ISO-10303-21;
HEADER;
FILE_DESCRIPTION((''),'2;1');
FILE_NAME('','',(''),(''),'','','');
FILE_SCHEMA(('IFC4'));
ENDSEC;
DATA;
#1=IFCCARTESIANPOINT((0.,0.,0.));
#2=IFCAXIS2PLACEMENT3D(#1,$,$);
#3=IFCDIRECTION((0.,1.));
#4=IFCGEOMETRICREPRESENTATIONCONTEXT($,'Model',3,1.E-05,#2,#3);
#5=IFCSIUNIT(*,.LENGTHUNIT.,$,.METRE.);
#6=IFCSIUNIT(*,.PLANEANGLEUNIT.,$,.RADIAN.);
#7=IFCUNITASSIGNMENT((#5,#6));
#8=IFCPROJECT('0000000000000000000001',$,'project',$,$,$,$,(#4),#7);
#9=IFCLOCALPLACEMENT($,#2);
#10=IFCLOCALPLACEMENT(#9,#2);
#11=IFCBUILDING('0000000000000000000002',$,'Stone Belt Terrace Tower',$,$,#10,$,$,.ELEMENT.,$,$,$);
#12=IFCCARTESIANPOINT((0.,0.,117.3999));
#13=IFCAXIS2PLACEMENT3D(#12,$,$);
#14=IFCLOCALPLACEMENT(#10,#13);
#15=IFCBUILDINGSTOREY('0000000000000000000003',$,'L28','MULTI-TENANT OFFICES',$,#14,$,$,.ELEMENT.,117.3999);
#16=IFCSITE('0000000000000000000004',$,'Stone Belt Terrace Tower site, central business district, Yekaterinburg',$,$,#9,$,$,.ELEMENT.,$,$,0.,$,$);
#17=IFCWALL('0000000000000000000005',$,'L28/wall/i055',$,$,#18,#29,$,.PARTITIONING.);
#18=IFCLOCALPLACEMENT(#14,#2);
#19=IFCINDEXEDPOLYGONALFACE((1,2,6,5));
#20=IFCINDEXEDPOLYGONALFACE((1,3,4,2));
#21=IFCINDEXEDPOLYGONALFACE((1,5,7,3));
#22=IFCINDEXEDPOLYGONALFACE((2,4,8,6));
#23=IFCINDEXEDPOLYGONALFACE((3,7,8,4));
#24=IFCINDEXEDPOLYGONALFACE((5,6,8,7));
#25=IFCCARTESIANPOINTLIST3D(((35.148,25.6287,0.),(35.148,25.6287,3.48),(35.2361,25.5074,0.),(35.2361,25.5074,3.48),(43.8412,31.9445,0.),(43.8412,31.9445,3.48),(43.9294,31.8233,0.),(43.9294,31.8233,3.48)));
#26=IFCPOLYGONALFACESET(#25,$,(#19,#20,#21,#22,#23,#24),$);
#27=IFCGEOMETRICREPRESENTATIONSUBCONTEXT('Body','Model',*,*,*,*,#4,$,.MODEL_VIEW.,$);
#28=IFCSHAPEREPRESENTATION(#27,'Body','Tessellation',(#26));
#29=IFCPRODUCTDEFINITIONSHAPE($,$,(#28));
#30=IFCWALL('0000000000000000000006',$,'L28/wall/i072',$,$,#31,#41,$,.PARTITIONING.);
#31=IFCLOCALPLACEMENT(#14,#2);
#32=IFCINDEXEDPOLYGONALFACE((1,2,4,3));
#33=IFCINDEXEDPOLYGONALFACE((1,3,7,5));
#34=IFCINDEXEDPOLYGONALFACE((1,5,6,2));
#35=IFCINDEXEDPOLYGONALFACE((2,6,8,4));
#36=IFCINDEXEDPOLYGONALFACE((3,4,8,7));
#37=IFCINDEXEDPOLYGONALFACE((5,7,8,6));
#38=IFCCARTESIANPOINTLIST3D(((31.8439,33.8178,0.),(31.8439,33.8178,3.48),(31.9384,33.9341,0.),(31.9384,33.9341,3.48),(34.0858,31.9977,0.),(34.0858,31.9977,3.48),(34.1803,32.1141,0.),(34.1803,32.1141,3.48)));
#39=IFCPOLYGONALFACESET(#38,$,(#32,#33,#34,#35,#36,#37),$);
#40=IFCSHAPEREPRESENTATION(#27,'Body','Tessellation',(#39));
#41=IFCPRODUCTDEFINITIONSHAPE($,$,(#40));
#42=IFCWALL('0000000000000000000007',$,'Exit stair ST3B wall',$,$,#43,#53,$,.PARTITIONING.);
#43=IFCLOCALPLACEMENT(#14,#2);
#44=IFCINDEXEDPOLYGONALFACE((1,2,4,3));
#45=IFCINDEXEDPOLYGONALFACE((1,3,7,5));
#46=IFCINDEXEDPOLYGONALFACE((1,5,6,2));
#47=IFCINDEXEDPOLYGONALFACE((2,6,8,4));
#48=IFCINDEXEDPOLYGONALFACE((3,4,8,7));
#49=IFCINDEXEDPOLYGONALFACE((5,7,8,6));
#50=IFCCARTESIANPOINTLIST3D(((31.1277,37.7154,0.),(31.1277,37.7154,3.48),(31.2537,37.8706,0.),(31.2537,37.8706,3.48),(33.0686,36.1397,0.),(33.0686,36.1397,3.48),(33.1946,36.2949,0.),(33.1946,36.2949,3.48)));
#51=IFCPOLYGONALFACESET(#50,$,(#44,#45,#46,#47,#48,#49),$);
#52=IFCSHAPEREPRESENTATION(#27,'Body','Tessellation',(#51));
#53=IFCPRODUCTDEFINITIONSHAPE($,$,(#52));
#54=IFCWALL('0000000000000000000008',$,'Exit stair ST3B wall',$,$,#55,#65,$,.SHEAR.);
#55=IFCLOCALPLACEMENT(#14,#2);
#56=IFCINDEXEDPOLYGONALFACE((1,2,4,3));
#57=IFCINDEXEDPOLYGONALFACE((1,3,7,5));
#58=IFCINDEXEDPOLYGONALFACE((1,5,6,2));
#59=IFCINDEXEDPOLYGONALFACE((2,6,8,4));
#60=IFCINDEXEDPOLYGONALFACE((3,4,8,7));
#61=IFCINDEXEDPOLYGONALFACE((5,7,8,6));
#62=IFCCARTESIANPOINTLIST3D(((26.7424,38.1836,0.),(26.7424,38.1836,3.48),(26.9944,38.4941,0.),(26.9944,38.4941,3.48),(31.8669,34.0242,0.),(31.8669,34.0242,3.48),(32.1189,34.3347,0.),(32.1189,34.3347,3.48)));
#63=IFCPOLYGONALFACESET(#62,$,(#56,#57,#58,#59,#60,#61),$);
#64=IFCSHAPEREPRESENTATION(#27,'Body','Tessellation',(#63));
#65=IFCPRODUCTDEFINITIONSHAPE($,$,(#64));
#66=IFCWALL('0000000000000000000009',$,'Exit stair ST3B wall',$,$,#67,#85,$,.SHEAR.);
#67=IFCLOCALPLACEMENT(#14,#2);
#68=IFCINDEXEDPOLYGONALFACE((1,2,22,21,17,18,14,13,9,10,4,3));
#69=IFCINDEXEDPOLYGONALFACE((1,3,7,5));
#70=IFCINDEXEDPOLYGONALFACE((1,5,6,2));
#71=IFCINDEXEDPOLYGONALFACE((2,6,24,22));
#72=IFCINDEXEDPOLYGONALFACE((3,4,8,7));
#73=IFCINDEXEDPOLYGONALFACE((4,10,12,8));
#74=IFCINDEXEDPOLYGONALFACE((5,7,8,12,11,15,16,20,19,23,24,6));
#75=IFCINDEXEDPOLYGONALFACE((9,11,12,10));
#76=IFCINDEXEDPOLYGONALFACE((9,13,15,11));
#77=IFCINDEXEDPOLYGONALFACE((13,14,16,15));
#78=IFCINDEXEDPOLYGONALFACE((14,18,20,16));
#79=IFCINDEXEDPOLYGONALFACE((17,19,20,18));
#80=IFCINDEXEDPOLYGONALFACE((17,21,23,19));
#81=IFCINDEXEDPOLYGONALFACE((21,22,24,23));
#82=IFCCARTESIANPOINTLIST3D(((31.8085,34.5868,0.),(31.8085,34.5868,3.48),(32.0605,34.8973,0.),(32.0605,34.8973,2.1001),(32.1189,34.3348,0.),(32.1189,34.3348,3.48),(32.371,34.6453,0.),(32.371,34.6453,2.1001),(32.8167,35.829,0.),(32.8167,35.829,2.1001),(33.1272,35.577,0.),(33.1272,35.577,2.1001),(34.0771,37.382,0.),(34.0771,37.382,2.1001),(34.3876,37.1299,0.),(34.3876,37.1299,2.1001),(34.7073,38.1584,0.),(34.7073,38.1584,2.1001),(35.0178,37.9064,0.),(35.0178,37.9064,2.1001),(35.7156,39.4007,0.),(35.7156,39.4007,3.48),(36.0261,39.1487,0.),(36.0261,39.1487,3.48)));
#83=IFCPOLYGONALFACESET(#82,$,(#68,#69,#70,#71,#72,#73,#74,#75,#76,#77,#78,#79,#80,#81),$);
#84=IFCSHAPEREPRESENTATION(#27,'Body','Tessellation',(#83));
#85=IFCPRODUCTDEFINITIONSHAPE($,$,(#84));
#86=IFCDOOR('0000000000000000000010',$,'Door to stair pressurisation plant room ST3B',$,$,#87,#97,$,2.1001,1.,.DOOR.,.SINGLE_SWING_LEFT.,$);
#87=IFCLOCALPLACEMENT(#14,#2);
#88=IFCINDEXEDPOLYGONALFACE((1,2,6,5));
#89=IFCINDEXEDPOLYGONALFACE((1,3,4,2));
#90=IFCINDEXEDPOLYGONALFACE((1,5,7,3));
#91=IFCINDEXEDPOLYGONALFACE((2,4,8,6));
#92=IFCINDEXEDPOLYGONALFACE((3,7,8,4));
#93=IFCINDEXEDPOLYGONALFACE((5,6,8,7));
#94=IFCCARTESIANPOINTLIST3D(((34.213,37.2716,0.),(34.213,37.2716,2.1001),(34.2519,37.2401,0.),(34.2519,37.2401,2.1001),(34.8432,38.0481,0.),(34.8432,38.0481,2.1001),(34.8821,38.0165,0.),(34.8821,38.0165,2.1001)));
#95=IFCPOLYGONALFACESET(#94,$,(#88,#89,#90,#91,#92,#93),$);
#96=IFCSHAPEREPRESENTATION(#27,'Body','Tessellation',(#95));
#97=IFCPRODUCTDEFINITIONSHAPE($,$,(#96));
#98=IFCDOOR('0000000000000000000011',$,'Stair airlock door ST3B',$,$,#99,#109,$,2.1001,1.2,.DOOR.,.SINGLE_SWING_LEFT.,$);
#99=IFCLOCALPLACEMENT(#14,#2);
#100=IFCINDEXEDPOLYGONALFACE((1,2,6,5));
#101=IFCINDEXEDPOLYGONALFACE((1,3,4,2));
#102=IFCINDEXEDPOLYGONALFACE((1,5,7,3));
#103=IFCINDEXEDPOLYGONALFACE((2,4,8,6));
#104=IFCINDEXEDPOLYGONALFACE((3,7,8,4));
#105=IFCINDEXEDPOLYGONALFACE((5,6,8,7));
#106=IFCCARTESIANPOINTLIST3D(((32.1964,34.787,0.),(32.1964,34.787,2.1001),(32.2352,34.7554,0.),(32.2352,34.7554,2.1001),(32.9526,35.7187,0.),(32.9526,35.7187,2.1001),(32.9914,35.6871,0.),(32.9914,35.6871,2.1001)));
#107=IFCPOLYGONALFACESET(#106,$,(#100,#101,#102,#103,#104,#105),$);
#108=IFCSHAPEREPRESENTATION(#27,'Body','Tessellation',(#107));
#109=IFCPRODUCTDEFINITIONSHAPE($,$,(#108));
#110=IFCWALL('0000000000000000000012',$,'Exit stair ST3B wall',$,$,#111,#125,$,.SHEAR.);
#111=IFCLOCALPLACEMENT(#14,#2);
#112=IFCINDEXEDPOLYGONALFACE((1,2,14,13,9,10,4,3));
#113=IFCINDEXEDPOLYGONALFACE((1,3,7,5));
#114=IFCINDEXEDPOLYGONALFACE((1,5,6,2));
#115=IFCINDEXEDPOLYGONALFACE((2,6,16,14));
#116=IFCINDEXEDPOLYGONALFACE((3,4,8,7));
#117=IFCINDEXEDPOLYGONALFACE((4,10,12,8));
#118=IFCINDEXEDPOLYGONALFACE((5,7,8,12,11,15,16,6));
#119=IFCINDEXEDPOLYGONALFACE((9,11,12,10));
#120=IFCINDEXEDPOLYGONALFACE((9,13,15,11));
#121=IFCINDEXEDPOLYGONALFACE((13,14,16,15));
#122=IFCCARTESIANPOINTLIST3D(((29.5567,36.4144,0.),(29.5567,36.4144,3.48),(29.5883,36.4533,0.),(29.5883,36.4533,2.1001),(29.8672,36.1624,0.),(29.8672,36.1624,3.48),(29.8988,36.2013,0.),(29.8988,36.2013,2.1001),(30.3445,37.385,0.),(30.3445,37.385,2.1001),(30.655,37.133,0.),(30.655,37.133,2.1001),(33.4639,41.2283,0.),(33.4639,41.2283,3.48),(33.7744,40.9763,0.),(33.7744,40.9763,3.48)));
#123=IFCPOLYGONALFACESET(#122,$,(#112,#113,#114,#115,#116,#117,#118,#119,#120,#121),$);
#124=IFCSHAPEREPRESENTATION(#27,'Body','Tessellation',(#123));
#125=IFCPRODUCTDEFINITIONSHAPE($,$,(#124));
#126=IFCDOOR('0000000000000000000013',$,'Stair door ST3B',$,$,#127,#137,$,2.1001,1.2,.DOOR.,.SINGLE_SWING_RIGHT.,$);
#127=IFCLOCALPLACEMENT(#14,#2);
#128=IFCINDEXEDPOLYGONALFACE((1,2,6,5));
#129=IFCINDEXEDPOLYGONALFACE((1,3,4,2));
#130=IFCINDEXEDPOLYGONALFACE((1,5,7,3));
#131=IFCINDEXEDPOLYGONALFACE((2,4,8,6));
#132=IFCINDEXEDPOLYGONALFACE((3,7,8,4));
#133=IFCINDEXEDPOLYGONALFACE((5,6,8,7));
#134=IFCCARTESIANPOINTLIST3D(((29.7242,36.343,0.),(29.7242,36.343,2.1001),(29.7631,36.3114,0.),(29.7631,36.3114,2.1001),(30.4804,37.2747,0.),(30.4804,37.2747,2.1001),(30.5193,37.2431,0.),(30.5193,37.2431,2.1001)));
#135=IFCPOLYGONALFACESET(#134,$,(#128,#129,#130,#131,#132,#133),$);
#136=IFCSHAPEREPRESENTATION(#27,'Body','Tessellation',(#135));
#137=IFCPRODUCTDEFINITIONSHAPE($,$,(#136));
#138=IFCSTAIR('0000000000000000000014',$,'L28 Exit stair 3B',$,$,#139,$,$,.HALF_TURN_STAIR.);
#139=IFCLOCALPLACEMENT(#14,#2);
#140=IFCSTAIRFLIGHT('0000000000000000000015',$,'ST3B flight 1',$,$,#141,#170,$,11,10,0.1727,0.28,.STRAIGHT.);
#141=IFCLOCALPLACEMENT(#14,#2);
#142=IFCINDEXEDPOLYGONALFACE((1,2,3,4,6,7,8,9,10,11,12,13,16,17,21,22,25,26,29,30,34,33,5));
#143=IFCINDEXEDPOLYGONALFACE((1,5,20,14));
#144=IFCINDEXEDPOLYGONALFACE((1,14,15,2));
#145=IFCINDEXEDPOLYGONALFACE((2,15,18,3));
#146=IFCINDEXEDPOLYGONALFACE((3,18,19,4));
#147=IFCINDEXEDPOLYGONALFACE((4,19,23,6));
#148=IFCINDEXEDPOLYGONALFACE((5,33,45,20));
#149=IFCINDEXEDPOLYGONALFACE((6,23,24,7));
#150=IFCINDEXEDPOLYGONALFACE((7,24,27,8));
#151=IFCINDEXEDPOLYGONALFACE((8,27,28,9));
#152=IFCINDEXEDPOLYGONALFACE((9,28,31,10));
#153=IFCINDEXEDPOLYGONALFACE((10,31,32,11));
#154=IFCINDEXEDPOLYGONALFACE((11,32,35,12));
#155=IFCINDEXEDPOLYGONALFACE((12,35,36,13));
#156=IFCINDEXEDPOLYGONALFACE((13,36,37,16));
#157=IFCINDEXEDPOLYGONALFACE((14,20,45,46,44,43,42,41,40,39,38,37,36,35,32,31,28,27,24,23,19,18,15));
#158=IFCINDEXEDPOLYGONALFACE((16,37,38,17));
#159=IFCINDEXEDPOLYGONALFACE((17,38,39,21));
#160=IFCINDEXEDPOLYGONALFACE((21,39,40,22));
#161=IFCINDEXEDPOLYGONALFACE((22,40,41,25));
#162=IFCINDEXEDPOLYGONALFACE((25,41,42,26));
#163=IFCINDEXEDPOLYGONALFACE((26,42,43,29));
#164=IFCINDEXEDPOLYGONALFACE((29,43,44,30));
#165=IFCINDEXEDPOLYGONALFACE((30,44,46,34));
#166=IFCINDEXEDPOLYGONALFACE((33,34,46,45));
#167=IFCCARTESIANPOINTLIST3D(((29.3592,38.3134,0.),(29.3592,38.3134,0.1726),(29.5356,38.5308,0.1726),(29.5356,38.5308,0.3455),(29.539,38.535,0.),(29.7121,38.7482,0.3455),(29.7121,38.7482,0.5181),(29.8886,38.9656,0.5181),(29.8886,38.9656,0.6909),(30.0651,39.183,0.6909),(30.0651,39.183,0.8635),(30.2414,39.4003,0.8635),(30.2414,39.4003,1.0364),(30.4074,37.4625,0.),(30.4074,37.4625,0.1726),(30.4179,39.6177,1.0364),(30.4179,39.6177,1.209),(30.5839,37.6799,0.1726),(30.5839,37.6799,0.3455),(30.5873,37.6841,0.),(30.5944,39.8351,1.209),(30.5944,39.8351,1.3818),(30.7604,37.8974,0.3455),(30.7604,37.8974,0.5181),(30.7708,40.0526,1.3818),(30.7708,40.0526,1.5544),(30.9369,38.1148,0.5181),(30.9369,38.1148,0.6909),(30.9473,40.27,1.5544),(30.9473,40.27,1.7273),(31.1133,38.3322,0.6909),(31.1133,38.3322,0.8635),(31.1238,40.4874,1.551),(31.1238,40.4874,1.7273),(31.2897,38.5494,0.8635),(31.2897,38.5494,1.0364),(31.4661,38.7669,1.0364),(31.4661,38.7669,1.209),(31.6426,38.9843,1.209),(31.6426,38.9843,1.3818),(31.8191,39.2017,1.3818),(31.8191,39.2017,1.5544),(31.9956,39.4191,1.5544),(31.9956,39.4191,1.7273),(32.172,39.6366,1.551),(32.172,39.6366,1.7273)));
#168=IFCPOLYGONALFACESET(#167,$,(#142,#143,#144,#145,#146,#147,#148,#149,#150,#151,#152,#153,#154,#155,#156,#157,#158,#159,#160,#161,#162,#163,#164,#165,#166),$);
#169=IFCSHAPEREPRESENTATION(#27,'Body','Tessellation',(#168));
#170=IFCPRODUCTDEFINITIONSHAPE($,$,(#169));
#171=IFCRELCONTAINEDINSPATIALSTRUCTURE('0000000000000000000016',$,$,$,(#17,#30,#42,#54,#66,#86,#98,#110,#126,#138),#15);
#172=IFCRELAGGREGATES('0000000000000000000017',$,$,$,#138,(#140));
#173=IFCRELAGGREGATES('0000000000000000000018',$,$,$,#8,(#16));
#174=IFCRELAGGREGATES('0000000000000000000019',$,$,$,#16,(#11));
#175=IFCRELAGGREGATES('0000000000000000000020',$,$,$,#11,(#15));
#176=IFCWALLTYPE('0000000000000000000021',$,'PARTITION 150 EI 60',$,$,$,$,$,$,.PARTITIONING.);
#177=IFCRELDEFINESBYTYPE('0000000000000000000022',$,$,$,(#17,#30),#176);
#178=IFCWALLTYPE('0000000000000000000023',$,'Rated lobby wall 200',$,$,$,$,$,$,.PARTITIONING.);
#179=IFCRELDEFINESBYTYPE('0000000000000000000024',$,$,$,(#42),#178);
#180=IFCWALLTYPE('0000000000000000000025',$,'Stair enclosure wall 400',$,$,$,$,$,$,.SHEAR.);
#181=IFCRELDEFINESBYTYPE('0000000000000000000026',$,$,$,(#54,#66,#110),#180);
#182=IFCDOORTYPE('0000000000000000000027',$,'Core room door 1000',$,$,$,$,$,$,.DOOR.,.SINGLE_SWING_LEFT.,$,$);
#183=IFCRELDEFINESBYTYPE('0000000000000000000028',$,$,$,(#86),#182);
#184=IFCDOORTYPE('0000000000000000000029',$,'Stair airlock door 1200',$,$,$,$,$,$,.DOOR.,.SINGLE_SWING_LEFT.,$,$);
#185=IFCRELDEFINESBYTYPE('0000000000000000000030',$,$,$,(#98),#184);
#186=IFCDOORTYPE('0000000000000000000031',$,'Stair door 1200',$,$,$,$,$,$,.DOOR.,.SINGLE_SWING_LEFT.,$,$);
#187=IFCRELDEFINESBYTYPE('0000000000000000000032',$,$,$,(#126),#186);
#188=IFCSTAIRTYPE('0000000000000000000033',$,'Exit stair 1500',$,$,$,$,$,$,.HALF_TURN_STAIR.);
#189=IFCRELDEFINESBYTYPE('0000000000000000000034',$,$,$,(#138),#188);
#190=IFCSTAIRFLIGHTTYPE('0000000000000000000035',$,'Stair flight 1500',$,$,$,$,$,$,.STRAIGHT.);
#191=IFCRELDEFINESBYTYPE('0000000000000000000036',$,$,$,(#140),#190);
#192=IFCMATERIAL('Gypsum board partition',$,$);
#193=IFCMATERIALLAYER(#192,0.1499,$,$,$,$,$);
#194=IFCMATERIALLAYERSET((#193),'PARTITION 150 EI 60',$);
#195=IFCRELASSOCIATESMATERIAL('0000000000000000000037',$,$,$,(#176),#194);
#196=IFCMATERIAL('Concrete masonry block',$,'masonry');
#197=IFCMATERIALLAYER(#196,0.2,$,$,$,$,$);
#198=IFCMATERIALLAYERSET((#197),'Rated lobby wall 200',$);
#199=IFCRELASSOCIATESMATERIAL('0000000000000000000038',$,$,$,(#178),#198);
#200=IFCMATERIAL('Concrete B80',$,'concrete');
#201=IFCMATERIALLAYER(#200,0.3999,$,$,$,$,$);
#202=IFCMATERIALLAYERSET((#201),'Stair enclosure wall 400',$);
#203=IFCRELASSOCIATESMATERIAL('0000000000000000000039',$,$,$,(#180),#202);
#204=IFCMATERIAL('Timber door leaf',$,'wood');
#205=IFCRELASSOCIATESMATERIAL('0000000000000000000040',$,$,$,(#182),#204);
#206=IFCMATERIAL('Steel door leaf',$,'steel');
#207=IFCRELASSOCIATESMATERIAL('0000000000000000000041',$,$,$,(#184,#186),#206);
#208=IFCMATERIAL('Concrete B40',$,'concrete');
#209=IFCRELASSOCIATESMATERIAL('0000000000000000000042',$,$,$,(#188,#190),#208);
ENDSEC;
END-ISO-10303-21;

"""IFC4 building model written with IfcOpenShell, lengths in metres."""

from ifc_helpers import new_model, si_unit, direction, frame, frame_2d, origin, place, context, subcontext, project, spatial, polyline, rectangle, outline, extrude, material, layer, layer_set, type_object, element, fill, aggregate, save


model = new_model("IFC4")

# Units and contexts
model_context = context("Model", 3, precision=1e-05, world=origin(), true_north=direction((0.0, 1.0)))
body_context = subcontext(model_context, "Body", "Model", "MODEL_VIEW")
ifc_project = project(units=[si_unit("LENGTHUNIT", "METRE"), si_unit("PLANEANGLEUNIT", "RADIAN")], contexts=[model_context])

# Site, building, storey
site_placement = place(None, origin())
site = spatial("IfcSite", under=ifc_project, at=site_placement, Name="Stone Belt Terrace Tower site, central business district, Yekaterinburg", CompositionType="ELEMENT", RefElevation=0.0)
building_placement = place(site_placement, origin())
building = spatial("IfcBuilding", under=site, at=building_placement, Name="Stone Belt Terrace Tower", CompositionType="ELEMENT")
storey_placement = place(building_placement, frame((0.0, 0.0, 117.3999)))
storey = spatial("IfcBuildingStorey", under=building, at=storey_placement, Name="L28", Description="MULTI-TENANT OFFICES", CompositionType="ELEMENT", Elevation=117.3999)

# Shared definitions
ifc_material_1 = material(Name="Concrete B80", Category="concrete")

# Shared definitions
ifc_material_2 = material(Name="Concrete B40", Category="concrete")

# Walls
ifc_material_3 = material(Name="Gypsum board partition")
ifc_layer_1 = layer(ifc_material_3, 0.1499)
ifc_layer_set_1 = layer_set([ifc_layer_1], Name="PARTITION 150 EI 60")
wall_type_1 = type_object("IfcWallType", Name="PARTITION 150 EI 60", PredefinedType="PARTITIONING", material=ifc_layer_set_1)
wall_1_placement = place(storey_placement, frame((35.1921, 25.5681, 0.0), z_axis=(0.0, 0.0, 1.0), x_axis=(0.809025, 0.587774, 0.0)))
element("IfcWall", 1, at=wall_1_placement, inside=storey, type_object=wall_type_1, Name="L28/wall/i055", PredefinedType="PARTITIONING", context=body_context, shape_type="SweptSolid", body=[
    extrude(rectangle(XDim=10.7454, YDim=0.1499, at=frame_2d((5.3726, 0.0))), origin(), (0.0, 0.0, 1.0), 3.48),
])
wall_2_placement = place(storey_placement, frame((34.1331, 32.0559, 0.0), z_axis=(0.0, 0.0, 1.0), x_axis=(-0.77637, 0.630277, 0.0)))
element("IfcWall", 2, at=wall_2_placement, inside=storey, type_object=wall_type_1, Name="L28/wall/i072", PredefinedType="PARTITIONING", context=body_context, shape_type="SweptSolid", body=[
    extrude(rectangle(XDim=2.8877, YDim=0.1499, at=frame_2d((1.4438, 0.0))), origin(), (0.0, 0.0, 1.0), 3.48),
])
ifc_material_4 = material(Name="Concrete masonry block", Category="masonry")
ifc_layer_2 = layer(ifc_material_4, 0.2)
ifc_layer_set_2 = layer_set([ifc_layer_2], Name="Rated lobby wall 200")
wall_type_2 = type_object("IfcWallType", Name="Rated lobby wall 200", PredefinedType="PARTITIONING", material=ifc_layer_set_2)
wall_3_placement = place(storey_placement, frame((31.1907, 37.793, 0.0), z_axis=(0.0, 0.0, 1.0), x_axis=(0.776371, -0.630276, 0.0)))
element("IfcWall", 3, at=wall_3_placement, inside=storey, type_object=wall_type_2, Name="Exit stair ST3B wall", PredefinedType="PARTITIONING", context=body_context, shape_type="SweptSolid", body=[
    extrude(rectangle(XDim=2.5, YDim=0.2, at=frame_2d((1.25, 0.0))), origin(), (0.0, 0.0, 1.0), 3.48),
])
ifc_layer_3 = layer(ifc_material_1, 0.3999)
ifc_layer_set_3 = layer_set([ifc_layer_3], Name="Stair enclosure wall 400")
wall_type_3 = type_object("IfcWallType", Name="Stair enclosure wall 400", PredefinedType="SHEAR", material=ifc_layer_set_3)
wall_4_placement = place(storey_placement, frame((26.8684, 38.3389, 0.0), z_axis=(0.0, 0.0, 1.0), x_axis=(0.776428, -0.630205, 0.0)))
element("IfcWall", 4, at=wall_4_placement, inside=storey, type_object=wall_type_3, Name="Exit stair ST3B wall", PredefinedType="SHEAR", context=body_context, shape_type="SweptSolid", body=[
    extrude(rectangle(XDim=6.6001, YDim=0.3999, at=frame_2d((3.3, 0.0))), origin(), (0.0, 0.0, 1.0), 3.48),
])

# Wall, openings, doors
wall_5_placement = place(storey_placement, frame((31.9636, 34.4607, 0.0), z_axis=(0.0, 0.0, 1.0), x_axis=(0.630192, 0.776439, 0.0)))
wall_5 = element("IfcWall", 5, at=wall_5_placement, inside=storey, type_object=wall_type_3, Name="Exit stair ST3B wall", PredefinedType="SHEAR", context=body_context, shape_type="SweptSolid", body=[
    extrude(rectangle(XDim=6.2, YDim=0.3999, at=frame_2d((3.1001, 0.0))), origin(), (0.0, 0.0, 1.0), 3.48),
])
opening_1_placement = place(wall_5_placement, frame((0.3999, 0.0, 0.0)))
opening_1 = element("IfcOpeningElement", 6, at=opening_1_placement, cuts=wall_5, PredefinedType="OPENING", context=body_context, shape_type="SweptSolid", body=[
    extrude(rectangle(XDim=1.2, YDim=2.1001, at=frame_2d((0.6001, 1.05))), frame((0.0, 0.21, 0.0), z_axis=(0.0, -1.0, 0.0), x_axis=(1.0, 0.0, 0.0)), (0.0, 0.0, 1.0), 0.4199),
])
opening_2_placement = place(wall_5_placement, frame((3.6001, 0.0, 0.0)))
opening_2 = element("IfcOpeningElement", 7, at=opening_2_placement, cuts=wall_5, PredefinedType="OPENING", context=body_context, shape_type="SweptSolid", body=[
    extrude(rectangle(XDim=1.0, YDim=2.1001, at=frame_2d((0.5, 1.05))), frame((0.0, 0.21, 0.0), z_axis=(0.0, -1.0, 0.0), x_axis=(1.0, 0.0, 0.0)), (0.0, 0.0, 1.0), 0.4199),
])
ifc_material_5 = material(Name="Timber door leaf", Category="wood")
door_type_1 = type_object("IfcDoorType", Name="Core room door 1000", OperationType="SINGLE_SWING_LEFT", PredefinedType="DOOR", material=ifc_material_5)
door_1_placement = place(opening_2_placement, origin())
door_1 = element("IfcDoor", 8, at=door_1_placement, inside=storey, type_object=door_type_1, Name="Door to stair pressurisation plant room ST3B", OperationType="SINGLE_SWING_LEFT", OverallHeight=2.1001, OverallWidth=1.0, PredefinedType="DOOR", context=body_context, shape_type="SweptSolid", body=[
    extrude(rectangle(XDim=1.0, YDim=2.1001, at=frame_2d((0.5, 1.05))), frame((0.0, 0.0249, 0.0), z_axis=(0.0, -1.0, 0.0), x_axis=(1.0, 0.0, 0.0)), (0.0, 0.0, 1.0), 0.05),
])
fill(opening_2, door_1)
ifc_material_6 = material(Name="Steel door leaf", Category="steel")
door_type_2 = type_object("IfcDoorType", Name="Stair airlock door 1200", OperationType="SINGLE_SWING_LEFT", PredefinedType="DOOR", material=ifc_material_6)
door_2_placement = place(opening_1_placement, origin())
door_2 = element("IfcDoor", 9, at=door_2_placement, inside=storey, type_object=door_type_2, Name="Stair airlock door ST3B", OperationType="SINGLE_SWING_LEFT", OverallHeight=2.1001, OverallWidth=1.2, PredefinedType="DOOR", context=body_context, shape_type="SweptSolid", body=[
    extrude(rectangle(XDim=1.2, YDim=2.1001, at=frame_2d((0.6001, 1.05))), frame((0.0, 0.0249, 0.0), z_axis=(0.0, -1.0, 0.0), x_axis=(1.0, 0.0, 0.0)), (0.0, 0.0, 1.0), 0.05),
])
fill(opening_1, door_2)

# Wall, opening, door
wall_6_placement = place(storey_placement, frame((29.7119, 36.2883, 0.0), z_axis=(0.0, 0.0, 1.0), x_axis=(0.630192, 0.776439, 0.0)))
wall_6 = element("IfcWall", 10, at=wall_6_placement, inside=storey, type_object=wall_type_3, Name="Exit stair ST3B wall", PredefinedType="SHEAR", context=body_context, shape_type="SweptSolid", body=[
    extrude(rectangle(XDim=6.2, YDim=0.3999, at=frame_2d((3.1001, 0.0))), origin(), (0.0, 0.0, 1.0), 3.48),
])
opening_3_placement = place(wall_6_placement, frame((0.05, 0.0, 0.0)))
opening_3 = element("IfcOpeningElement", 11, at=opening_3_placement, cuts=wall_6, PredefinedType="OPENING", context=body_context, shape_type="SweptSolid", body=[
    extrude(rectangle(XDim=1.2, YDim=2.1001, at=frame_2d((0.6001, 1.05))), frame((0.0, 0.21, 0.0), z_axis=(0.0, -1.0, 0.0), x_axis=(1.0, 0.0, 0.0)), (0.0, 0.0, 1.0), 0.4199),
])
door_type_3 = type_object("IfcDoorType", Name="Stair door 1200", OperationType="SINGLE_SWING_LEFT", PredefinedType="DOOR", material=ifc_material_6)
door_3_placement = place(opening_3_placement, origin())
door_3 = element("IfcDoor", 12, at=door_3_placement, inside=storey, type_object=door_type_3, Name="Stair door ST3B", OperationType="SINGLE_SWING_RIGHT", OverallHeight=2.1001, OverallWidth=1.2, PredefinedType="DOOR", context=body_context, shape_type="SweptSolid", body=[
    extrude(rectangle(XDim=1.2, YDim=2.1001, at=frame_2d((0.6001, 1.05))), frame((0.0, 0.0249, 0.0), z_axis=(0.0, -1.0, 0.0), x_axis=(1.0, 0.0, 0.0)), (0.0, 0.0, 1.0), 0.05),
])
fill(opening_3, door_3)

# Stair, stair flight
stair_type = type_object("IfcStairType", Name="Exit stair 1500", PredefinedType="HALF_TURN_STAIR", material=ifc_material_2)
stair_placement = place(storey_placement, origin())
stair = element("IfcStair", 13, at=stair_placement, inside=storey, type_object=stair_type, Name="L28 Exit stair 3B", PredefinedType="HALF_TURN_STAIR")
stair_flight_type = type_object("IfcStairFlightType", Name="Stair flight 1500", PredefinedType="STRAIGHT", material=ifc_material_2)
stair_flight_placement = place(storey_placement, frame((29.8833, 37.8879, 0.0), z_axis=(0.0, 0.0, 1.0), x_axis=(0.630206, 0.776428, 0.0)))
stair_flight = element("IfcStairFlight", 14, at=stair_flight_placement, type_object=stair_flight_type, Name="ST3B flight 1", NumberOfRisers=11, NumberOfTreads=10, PredefinedType="STRAIGHT", RiserHeight=0.1727, TreadLength=0.28, context=body_context, shape_type="SweptSolid", body=[
    extrude(outline(polyline([(0.0, 0.0), (0.0, 0.1726), (0.28, 0.1726), (0.28, 0.3455), (0.5601, 0.3455), (0.5601, 0.5181), (0.8401, 0.5181), (0.8401, 0.6909), (1.1201, 0.6909), (1.1201, 0.8635), (1.3999, 0.8635), (1.3999, 1.0364), (1.6799, 1.0364), (1.6799, 1.209), (1.96, 1.209), (1.96, 1.3818), (2.24, 1.3818), (2.24, 1.5544), (2.52, 1.5544), (2.52, 1.7273), (2.8, 1.7273), (2.8, 1.8999), (2.8, 1.551), (0.2854, 0.0), (0.0, 0.0)])), frame((0.0, 0.675, 0.0), z_axis=(0.0, -1.0, 0.0), x_axis=(1.0, 0.0, 0.0)), (0.0, 0.0, 1.0), 1.3501),
])
aggregate(stair, [stair_flight])

save(model, "model.ifc")
